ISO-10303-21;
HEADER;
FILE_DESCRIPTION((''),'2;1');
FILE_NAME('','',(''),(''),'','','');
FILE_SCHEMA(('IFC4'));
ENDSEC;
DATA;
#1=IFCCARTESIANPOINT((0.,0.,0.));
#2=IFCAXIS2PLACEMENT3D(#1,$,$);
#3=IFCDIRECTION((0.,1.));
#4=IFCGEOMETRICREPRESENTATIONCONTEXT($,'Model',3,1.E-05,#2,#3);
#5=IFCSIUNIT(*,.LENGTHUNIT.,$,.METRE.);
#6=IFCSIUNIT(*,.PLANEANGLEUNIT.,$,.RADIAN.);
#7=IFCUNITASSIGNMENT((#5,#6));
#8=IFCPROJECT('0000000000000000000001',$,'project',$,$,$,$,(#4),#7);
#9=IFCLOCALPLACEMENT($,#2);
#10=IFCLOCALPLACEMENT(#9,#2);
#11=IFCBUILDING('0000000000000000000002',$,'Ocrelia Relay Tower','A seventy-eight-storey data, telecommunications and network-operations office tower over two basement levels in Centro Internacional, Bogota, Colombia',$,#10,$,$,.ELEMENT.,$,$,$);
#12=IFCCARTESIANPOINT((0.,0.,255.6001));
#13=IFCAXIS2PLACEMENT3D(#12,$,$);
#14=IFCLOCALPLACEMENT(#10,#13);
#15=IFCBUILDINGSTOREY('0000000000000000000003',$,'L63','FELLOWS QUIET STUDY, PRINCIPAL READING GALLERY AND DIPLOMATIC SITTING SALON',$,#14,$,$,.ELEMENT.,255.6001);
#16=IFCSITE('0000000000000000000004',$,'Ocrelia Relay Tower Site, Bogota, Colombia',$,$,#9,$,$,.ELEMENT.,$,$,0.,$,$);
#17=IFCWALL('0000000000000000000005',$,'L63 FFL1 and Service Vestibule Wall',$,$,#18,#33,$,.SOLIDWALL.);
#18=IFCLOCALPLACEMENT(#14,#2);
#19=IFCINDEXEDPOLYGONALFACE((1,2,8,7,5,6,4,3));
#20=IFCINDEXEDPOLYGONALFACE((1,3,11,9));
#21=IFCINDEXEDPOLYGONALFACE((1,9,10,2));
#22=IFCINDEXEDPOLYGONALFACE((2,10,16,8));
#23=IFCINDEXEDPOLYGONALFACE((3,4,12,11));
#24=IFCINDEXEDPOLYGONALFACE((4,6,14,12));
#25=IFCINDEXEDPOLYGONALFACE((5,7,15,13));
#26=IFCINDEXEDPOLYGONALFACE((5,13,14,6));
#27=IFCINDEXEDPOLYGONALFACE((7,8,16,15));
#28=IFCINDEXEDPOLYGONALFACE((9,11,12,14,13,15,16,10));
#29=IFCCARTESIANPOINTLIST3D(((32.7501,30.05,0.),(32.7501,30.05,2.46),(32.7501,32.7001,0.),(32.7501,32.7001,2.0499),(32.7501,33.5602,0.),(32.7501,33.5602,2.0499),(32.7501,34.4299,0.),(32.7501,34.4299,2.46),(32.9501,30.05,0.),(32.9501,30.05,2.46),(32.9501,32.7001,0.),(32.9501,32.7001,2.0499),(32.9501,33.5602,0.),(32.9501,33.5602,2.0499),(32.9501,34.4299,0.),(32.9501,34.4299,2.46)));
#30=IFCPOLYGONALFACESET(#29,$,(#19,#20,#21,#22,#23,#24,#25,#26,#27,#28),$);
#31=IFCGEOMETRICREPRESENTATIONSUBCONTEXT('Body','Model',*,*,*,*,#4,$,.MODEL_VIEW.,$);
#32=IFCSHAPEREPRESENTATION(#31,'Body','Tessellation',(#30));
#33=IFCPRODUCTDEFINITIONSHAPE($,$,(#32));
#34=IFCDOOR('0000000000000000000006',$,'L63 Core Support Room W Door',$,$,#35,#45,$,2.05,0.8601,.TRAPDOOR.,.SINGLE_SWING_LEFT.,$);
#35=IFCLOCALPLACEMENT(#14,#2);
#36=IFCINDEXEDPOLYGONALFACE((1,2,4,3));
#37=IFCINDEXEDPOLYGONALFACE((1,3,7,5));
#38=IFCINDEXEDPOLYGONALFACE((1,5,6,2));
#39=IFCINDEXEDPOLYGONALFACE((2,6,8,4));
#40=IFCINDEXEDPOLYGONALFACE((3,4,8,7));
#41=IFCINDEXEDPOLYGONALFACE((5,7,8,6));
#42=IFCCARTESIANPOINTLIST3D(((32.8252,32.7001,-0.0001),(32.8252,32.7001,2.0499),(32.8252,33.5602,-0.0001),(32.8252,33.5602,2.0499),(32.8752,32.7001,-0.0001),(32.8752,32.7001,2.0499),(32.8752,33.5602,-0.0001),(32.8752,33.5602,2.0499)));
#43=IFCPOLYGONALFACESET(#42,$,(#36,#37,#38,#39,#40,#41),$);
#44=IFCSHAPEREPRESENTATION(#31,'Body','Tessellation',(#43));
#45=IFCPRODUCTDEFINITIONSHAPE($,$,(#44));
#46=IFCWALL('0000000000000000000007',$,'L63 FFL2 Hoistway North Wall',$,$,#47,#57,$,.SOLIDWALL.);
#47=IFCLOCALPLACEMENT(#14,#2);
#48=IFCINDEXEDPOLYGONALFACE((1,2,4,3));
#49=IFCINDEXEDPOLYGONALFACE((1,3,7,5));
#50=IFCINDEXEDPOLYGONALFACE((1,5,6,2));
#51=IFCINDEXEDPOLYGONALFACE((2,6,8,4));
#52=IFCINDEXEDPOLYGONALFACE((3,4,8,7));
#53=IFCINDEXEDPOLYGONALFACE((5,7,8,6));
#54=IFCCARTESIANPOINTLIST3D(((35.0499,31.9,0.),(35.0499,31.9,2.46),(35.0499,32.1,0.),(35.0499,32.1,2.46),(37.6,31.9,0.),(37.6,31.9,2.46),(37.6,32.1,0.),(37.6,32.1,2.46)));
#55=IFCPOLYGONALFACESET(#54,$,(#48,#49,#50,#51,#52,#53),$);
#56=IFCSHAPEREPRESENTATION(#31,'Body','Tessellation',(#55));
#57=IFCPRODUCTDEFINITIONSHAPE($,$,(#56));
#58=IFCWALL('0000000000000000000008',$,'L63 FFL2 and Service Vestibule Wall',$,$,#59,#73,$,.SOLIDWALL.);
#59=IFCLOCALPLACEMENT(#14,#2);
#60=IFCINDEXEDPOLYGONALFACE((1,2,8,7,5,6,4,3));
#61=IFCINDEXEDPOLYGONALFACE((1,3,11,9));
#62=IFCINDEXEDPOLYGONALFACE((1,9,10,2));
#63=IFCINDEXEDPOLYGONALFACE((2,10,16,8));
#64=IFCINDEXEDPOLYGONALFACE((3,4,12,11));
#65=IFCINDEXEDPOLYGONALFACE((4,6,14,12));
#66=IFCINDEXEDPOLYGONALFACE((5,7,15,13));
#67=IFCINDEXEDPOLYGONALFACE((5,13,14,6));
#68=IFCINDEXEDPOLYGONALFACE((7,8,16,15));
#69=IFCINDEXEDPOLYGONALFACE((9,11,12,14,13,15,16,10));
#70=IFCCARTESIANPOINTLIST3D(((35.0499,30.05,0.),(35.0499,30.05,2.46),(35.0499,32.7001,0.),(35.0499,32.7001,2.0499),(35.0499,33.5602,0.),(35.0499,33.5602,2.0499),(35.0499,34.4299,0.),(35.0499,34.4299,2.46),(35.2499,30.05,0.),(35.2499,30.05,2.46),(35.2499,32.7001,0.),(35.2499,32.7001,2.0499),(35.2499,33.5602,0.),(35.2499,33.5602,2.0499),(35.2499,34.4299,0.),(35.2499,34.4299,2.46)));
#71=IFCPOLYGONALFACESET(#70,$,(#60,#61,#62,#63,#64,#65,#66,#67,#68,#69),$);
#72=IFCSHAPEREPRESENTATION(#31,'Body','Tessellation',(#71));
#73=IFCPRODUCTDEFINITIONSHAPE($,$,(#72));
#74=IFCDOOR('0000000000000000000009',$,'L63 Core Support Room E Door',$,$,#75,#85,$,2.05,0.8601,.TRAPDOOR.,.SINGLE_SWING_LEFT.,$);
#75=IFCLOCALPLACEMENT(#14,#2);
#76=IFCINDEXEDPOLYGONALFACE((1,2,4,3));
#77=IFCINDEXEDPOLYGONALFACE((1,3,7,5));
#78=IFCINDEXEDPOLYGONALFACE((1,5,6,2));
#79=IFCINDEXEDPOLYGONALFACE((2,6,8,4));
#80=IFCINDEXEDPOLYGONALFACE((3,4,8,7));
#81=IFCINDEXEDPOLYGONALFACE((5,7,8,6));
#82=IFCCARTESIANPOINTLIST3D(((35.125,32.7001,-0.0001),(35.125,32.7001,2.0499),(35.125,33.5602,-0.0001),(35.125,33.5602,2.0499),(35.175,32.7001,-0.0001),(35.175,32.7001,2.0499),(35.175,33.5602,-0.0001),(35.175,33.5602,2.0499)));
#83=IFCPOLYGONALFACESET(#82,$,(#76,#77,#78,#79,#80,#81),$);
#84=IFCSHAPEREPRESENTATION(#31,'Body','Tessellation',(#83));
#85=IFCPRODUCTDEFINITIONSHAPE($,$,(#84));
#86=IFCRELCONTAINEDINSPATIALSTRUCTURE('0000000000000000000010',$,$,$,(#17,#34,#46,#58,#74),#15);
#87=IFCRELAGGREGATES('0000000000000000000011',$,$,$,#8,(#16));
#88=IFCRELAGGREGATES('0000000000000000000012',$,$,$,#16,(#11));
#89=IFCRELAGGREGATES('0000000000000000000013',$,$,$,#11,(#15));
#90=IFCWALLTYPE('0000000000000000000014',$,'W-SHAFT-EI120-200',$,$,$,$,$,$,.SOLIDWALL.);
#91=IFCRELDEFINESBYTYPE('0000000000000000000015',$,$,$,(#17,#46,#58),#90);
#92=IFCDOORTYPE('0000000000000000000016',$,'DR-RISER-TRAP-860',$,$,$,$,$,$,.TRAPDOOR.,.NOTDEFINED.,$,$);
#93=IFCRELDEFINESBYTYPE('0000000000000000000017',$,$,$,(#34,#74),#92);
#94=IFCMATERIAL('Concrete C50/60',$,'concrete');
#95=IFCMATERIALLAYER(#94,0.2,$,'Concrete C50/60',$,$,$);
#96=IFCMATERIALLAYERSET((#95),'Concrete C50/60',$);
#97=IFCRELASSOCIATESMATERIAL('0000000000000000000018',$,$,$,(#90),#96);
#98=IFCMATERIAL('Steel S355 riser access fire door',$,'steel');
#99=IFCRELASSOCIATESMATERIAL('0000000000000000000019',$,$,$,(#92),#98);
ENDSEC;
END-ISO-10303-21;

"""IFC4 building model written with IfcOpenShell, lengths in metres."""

from ifc_helpers import new_model, si_unit, direction, frame, frame_2d, origin, place, context, subcontext, project, spatial, rectangle, extrude, material, layer, layer_set, type_object, element, fill, save


model = new_model("IFC4")

# Units and contexts
model_context = context("Model", 3, precision=1e-05, world=origin(), true_north=direction((0.0, 1.0)))
body_context = subcontext(model_context, "Body", "Model", "MODEL_VIEW")
ifc_project = project(units=[si_unit("LENGTHUNIT", "METRE"), si_unit("PLANEANGLEUNIT", "RADIAN")], contexts=[model_context])

# Site, building, storey
site_placement = place(None, origin())
site = spatial("IfcSite", under=ifc_project, at=site_placement, Name="Ocrelia Relay Tower Site, Bogota, Colombia", CompositionType="ELEMENT", RefElevation=0.0)
building_placement = place(site_placement, origin())
building = spatial("IfcBuilding", under=site, at=building_placement, Name="Ocrelia Relay Tower", Description="A seventy-eight-storey data, telecommunications and network-operations office tower over two basement levels in Centro Internacional, Bogota, Colombia", CompositionType="ELEMENT")
storey_placement = place(building_placement, frame((0.0, 0.0, 255.6001)))
storey = spatial("IfcBuildingStorey", under=building, at=storey_placement, Name="L63", Description="FELLOWS QUIET STUDY, PRINCIPAL READING GALLERY AND DIPLOMATIC SITTING SALON", CompositionType="ELEMENT", Elevation=255.6001)

# Shared definitions
ifc_material_1 = material(Name="Concrete C50/60", Category="concrete")

# Wall, opening, door
ifc_layer_1 = layer(ifc_material_1, 0.2, Name="Concrete C50/60")
ifc_layer_set_1 = layer_set([ifc_layer_1], Name="Concrete C50/60")
wall_type_1 = type_object("IfcWallType", Name="W-SHAFT-EI120-200", PredefinedType="SOLIDWALL", material=ifc_layer_set_1)
wall_1_placement = place(storey_placement, frame((32.8501, 30.05, 0.0), z_axis=(0.0, 0.0, 1.0), x_axis=(0.0, 1.0, 0.0)))
wall_1 = element("IfcWall", 1, at=wall_1_placement, inside=storey, type_object=wall_type_1, Name="L63 FFL1 and Service Vestibule Wall", PredefinedType="SOLIDWALL", context=body_context, shape_type="SweptSolid", body=[
    extrude(rectangle(XDim=4.3799, YDim=0.2, at=frame_2d((2.1899, 0.0))), origin(), (0.0, 0.0, 1.0), 2.46),
])
opening_1_placement = place(wall_1_placement, frame((2.6499, 0.0, 0.0)))
opening_1 = element("IfcOpeningElement", 2, at=opening_1_placement, cuts=wall_1, PredefinedType="OPENING", context=body_context, shape_type="SweptSolid", body=[
    extrude(rectangle(XDim=0.8601, YDim=2.05, at=frame_2d((0.4302, 1.0249))), frame((0.0, 0.1099, 0.0), z_axis=(0.0, -1.0, 0.0), x_axis=(1.0, 0.0, 0.0)), (0.0, 0.0, 1.0), 0.22),
])
ifc_material_2 = material(Name="Steel S355 riser access fire door", Category="steel")
door_type_1 = type_object("IfcDoorType", Name="DR-RISER-TRAP-860", OperationType="NOTDEFINED", PredefinedType="TRAPDOOR", material=ifc_material_2)
door_1_placement = place(opening_1_placement, origin())
door_1 = element("IfcDoor", 3, at=door_1_placement, inside=storey, type_object=door_type_1, Name="L63 Core Support Room W Door", OperationType="SINGLE_SWING_LEFT", OverallHeight=2.05, OverallWidth=0.8601, PredefinedType="TRAPDOOR", context=body_context, shape_type="SweptSolid", body=[
    extrude(rectangle(XDim=0.8601, YDim=2.05, at=frame_2d((0.4302, 1.0249))), frame((0.0, 0.0249, 0.0), z_axis=(0.0, -1.0, 0.0), x_axis=(1.0, 0.0, 0.0)), (0.0, 0.0, 1.0), 0.05),
])
fill(opening_1, door_1)

# Wall
wall_2_placement = place(storey_placement, frame((35.05, 32.0, 0.0), z_axis=(0.0, 0.0, 1.0), x_axis=(1.0, 0.0, 0.0)))
element("IfcWall", 4, at=wall_2_placement, inside=storey, type_object=wall_type_1, Name="L63 FFL2 Hoistway North Wall", PredefinedType="SOLIDWALL", context=body_context, shape_type="SweptSolid", body=[
    extrude(rectangle(XDim=2.55, YDim=0.2, at=frame_2d((1.2749, 0.0))), origin(), (0.0, 0.0, 1.0), 2.46),
])

# Wall, opening, door
wall_3_placement = place(storey_placement, frame((35.1499, 30.05, 0.0), z_axis=(0.0, 0.0, 1.0), x_axis=(0.0, 1.0, 0.0)))
wall_3 = element("IfcWall", 5, at=wall_3_placement, inside=storey, type_object=wall_type_1, Name="L63 FFL2 and Service Vestibule Wall", PredefinedType="SOLIDWALL", context=body_context, shape_type="SweptSolid", body=[
    extrude(rectangle(XDim=4.3799, YDim=0.2, at=frame_2d((2.1899, 0.0))), origin(), (0.0, 0.0, 1.0), 2.46),
])
opening_2_placement = place(wall_3_placement, frame((2.6499, 0.0, 0.0)))
opening_2 = element("IfcOpeningElement", 6, at=opening_2_placement, cuts=wall_3, PredefinedType="OPENING", context=body_context, shape_type="SweptSolid", body=[
    extrude(rectangle(XDim=0.8601, YDim=2.05, at=frame_2d((0.4302, 1.0249))), frame((0.0, 0.1099, 0.0), z_axis=(0.0, -1.0, 0.0), x_axis=(1.0, 0.0, 0.0)), (0.0, 0.0, 1.0), 0.22),
])
door_2_placement = place(opening_2_placement, origin())
door_2 = element("IfcDoor", 7, at=door_2_placement, inside=storey, type_object=door_type_1, Name="L63 Core Support Room E Door", OperationType="SINGLE_SWING_LEFT", OverallHeight=2.05, OverallWidth=0.8601, PredefinedType="TRAPDOOR", context=body_context, shape_type="SweptSolid", body=[
    extrude(rectangle(XDim=0.8601, YDim=2.05, at=frame_2d((0.4302, 1.0249))), frame((0.0, 0.0249, 0.0), z_axis=(0.0, -1.0, 0.0), x_axis=(1.0, 0.0, 0.0)), (0.0, 0.0, 1.0), 0.05),
])
fill(opening_2, door_2)

save(model, "model.ifc")
